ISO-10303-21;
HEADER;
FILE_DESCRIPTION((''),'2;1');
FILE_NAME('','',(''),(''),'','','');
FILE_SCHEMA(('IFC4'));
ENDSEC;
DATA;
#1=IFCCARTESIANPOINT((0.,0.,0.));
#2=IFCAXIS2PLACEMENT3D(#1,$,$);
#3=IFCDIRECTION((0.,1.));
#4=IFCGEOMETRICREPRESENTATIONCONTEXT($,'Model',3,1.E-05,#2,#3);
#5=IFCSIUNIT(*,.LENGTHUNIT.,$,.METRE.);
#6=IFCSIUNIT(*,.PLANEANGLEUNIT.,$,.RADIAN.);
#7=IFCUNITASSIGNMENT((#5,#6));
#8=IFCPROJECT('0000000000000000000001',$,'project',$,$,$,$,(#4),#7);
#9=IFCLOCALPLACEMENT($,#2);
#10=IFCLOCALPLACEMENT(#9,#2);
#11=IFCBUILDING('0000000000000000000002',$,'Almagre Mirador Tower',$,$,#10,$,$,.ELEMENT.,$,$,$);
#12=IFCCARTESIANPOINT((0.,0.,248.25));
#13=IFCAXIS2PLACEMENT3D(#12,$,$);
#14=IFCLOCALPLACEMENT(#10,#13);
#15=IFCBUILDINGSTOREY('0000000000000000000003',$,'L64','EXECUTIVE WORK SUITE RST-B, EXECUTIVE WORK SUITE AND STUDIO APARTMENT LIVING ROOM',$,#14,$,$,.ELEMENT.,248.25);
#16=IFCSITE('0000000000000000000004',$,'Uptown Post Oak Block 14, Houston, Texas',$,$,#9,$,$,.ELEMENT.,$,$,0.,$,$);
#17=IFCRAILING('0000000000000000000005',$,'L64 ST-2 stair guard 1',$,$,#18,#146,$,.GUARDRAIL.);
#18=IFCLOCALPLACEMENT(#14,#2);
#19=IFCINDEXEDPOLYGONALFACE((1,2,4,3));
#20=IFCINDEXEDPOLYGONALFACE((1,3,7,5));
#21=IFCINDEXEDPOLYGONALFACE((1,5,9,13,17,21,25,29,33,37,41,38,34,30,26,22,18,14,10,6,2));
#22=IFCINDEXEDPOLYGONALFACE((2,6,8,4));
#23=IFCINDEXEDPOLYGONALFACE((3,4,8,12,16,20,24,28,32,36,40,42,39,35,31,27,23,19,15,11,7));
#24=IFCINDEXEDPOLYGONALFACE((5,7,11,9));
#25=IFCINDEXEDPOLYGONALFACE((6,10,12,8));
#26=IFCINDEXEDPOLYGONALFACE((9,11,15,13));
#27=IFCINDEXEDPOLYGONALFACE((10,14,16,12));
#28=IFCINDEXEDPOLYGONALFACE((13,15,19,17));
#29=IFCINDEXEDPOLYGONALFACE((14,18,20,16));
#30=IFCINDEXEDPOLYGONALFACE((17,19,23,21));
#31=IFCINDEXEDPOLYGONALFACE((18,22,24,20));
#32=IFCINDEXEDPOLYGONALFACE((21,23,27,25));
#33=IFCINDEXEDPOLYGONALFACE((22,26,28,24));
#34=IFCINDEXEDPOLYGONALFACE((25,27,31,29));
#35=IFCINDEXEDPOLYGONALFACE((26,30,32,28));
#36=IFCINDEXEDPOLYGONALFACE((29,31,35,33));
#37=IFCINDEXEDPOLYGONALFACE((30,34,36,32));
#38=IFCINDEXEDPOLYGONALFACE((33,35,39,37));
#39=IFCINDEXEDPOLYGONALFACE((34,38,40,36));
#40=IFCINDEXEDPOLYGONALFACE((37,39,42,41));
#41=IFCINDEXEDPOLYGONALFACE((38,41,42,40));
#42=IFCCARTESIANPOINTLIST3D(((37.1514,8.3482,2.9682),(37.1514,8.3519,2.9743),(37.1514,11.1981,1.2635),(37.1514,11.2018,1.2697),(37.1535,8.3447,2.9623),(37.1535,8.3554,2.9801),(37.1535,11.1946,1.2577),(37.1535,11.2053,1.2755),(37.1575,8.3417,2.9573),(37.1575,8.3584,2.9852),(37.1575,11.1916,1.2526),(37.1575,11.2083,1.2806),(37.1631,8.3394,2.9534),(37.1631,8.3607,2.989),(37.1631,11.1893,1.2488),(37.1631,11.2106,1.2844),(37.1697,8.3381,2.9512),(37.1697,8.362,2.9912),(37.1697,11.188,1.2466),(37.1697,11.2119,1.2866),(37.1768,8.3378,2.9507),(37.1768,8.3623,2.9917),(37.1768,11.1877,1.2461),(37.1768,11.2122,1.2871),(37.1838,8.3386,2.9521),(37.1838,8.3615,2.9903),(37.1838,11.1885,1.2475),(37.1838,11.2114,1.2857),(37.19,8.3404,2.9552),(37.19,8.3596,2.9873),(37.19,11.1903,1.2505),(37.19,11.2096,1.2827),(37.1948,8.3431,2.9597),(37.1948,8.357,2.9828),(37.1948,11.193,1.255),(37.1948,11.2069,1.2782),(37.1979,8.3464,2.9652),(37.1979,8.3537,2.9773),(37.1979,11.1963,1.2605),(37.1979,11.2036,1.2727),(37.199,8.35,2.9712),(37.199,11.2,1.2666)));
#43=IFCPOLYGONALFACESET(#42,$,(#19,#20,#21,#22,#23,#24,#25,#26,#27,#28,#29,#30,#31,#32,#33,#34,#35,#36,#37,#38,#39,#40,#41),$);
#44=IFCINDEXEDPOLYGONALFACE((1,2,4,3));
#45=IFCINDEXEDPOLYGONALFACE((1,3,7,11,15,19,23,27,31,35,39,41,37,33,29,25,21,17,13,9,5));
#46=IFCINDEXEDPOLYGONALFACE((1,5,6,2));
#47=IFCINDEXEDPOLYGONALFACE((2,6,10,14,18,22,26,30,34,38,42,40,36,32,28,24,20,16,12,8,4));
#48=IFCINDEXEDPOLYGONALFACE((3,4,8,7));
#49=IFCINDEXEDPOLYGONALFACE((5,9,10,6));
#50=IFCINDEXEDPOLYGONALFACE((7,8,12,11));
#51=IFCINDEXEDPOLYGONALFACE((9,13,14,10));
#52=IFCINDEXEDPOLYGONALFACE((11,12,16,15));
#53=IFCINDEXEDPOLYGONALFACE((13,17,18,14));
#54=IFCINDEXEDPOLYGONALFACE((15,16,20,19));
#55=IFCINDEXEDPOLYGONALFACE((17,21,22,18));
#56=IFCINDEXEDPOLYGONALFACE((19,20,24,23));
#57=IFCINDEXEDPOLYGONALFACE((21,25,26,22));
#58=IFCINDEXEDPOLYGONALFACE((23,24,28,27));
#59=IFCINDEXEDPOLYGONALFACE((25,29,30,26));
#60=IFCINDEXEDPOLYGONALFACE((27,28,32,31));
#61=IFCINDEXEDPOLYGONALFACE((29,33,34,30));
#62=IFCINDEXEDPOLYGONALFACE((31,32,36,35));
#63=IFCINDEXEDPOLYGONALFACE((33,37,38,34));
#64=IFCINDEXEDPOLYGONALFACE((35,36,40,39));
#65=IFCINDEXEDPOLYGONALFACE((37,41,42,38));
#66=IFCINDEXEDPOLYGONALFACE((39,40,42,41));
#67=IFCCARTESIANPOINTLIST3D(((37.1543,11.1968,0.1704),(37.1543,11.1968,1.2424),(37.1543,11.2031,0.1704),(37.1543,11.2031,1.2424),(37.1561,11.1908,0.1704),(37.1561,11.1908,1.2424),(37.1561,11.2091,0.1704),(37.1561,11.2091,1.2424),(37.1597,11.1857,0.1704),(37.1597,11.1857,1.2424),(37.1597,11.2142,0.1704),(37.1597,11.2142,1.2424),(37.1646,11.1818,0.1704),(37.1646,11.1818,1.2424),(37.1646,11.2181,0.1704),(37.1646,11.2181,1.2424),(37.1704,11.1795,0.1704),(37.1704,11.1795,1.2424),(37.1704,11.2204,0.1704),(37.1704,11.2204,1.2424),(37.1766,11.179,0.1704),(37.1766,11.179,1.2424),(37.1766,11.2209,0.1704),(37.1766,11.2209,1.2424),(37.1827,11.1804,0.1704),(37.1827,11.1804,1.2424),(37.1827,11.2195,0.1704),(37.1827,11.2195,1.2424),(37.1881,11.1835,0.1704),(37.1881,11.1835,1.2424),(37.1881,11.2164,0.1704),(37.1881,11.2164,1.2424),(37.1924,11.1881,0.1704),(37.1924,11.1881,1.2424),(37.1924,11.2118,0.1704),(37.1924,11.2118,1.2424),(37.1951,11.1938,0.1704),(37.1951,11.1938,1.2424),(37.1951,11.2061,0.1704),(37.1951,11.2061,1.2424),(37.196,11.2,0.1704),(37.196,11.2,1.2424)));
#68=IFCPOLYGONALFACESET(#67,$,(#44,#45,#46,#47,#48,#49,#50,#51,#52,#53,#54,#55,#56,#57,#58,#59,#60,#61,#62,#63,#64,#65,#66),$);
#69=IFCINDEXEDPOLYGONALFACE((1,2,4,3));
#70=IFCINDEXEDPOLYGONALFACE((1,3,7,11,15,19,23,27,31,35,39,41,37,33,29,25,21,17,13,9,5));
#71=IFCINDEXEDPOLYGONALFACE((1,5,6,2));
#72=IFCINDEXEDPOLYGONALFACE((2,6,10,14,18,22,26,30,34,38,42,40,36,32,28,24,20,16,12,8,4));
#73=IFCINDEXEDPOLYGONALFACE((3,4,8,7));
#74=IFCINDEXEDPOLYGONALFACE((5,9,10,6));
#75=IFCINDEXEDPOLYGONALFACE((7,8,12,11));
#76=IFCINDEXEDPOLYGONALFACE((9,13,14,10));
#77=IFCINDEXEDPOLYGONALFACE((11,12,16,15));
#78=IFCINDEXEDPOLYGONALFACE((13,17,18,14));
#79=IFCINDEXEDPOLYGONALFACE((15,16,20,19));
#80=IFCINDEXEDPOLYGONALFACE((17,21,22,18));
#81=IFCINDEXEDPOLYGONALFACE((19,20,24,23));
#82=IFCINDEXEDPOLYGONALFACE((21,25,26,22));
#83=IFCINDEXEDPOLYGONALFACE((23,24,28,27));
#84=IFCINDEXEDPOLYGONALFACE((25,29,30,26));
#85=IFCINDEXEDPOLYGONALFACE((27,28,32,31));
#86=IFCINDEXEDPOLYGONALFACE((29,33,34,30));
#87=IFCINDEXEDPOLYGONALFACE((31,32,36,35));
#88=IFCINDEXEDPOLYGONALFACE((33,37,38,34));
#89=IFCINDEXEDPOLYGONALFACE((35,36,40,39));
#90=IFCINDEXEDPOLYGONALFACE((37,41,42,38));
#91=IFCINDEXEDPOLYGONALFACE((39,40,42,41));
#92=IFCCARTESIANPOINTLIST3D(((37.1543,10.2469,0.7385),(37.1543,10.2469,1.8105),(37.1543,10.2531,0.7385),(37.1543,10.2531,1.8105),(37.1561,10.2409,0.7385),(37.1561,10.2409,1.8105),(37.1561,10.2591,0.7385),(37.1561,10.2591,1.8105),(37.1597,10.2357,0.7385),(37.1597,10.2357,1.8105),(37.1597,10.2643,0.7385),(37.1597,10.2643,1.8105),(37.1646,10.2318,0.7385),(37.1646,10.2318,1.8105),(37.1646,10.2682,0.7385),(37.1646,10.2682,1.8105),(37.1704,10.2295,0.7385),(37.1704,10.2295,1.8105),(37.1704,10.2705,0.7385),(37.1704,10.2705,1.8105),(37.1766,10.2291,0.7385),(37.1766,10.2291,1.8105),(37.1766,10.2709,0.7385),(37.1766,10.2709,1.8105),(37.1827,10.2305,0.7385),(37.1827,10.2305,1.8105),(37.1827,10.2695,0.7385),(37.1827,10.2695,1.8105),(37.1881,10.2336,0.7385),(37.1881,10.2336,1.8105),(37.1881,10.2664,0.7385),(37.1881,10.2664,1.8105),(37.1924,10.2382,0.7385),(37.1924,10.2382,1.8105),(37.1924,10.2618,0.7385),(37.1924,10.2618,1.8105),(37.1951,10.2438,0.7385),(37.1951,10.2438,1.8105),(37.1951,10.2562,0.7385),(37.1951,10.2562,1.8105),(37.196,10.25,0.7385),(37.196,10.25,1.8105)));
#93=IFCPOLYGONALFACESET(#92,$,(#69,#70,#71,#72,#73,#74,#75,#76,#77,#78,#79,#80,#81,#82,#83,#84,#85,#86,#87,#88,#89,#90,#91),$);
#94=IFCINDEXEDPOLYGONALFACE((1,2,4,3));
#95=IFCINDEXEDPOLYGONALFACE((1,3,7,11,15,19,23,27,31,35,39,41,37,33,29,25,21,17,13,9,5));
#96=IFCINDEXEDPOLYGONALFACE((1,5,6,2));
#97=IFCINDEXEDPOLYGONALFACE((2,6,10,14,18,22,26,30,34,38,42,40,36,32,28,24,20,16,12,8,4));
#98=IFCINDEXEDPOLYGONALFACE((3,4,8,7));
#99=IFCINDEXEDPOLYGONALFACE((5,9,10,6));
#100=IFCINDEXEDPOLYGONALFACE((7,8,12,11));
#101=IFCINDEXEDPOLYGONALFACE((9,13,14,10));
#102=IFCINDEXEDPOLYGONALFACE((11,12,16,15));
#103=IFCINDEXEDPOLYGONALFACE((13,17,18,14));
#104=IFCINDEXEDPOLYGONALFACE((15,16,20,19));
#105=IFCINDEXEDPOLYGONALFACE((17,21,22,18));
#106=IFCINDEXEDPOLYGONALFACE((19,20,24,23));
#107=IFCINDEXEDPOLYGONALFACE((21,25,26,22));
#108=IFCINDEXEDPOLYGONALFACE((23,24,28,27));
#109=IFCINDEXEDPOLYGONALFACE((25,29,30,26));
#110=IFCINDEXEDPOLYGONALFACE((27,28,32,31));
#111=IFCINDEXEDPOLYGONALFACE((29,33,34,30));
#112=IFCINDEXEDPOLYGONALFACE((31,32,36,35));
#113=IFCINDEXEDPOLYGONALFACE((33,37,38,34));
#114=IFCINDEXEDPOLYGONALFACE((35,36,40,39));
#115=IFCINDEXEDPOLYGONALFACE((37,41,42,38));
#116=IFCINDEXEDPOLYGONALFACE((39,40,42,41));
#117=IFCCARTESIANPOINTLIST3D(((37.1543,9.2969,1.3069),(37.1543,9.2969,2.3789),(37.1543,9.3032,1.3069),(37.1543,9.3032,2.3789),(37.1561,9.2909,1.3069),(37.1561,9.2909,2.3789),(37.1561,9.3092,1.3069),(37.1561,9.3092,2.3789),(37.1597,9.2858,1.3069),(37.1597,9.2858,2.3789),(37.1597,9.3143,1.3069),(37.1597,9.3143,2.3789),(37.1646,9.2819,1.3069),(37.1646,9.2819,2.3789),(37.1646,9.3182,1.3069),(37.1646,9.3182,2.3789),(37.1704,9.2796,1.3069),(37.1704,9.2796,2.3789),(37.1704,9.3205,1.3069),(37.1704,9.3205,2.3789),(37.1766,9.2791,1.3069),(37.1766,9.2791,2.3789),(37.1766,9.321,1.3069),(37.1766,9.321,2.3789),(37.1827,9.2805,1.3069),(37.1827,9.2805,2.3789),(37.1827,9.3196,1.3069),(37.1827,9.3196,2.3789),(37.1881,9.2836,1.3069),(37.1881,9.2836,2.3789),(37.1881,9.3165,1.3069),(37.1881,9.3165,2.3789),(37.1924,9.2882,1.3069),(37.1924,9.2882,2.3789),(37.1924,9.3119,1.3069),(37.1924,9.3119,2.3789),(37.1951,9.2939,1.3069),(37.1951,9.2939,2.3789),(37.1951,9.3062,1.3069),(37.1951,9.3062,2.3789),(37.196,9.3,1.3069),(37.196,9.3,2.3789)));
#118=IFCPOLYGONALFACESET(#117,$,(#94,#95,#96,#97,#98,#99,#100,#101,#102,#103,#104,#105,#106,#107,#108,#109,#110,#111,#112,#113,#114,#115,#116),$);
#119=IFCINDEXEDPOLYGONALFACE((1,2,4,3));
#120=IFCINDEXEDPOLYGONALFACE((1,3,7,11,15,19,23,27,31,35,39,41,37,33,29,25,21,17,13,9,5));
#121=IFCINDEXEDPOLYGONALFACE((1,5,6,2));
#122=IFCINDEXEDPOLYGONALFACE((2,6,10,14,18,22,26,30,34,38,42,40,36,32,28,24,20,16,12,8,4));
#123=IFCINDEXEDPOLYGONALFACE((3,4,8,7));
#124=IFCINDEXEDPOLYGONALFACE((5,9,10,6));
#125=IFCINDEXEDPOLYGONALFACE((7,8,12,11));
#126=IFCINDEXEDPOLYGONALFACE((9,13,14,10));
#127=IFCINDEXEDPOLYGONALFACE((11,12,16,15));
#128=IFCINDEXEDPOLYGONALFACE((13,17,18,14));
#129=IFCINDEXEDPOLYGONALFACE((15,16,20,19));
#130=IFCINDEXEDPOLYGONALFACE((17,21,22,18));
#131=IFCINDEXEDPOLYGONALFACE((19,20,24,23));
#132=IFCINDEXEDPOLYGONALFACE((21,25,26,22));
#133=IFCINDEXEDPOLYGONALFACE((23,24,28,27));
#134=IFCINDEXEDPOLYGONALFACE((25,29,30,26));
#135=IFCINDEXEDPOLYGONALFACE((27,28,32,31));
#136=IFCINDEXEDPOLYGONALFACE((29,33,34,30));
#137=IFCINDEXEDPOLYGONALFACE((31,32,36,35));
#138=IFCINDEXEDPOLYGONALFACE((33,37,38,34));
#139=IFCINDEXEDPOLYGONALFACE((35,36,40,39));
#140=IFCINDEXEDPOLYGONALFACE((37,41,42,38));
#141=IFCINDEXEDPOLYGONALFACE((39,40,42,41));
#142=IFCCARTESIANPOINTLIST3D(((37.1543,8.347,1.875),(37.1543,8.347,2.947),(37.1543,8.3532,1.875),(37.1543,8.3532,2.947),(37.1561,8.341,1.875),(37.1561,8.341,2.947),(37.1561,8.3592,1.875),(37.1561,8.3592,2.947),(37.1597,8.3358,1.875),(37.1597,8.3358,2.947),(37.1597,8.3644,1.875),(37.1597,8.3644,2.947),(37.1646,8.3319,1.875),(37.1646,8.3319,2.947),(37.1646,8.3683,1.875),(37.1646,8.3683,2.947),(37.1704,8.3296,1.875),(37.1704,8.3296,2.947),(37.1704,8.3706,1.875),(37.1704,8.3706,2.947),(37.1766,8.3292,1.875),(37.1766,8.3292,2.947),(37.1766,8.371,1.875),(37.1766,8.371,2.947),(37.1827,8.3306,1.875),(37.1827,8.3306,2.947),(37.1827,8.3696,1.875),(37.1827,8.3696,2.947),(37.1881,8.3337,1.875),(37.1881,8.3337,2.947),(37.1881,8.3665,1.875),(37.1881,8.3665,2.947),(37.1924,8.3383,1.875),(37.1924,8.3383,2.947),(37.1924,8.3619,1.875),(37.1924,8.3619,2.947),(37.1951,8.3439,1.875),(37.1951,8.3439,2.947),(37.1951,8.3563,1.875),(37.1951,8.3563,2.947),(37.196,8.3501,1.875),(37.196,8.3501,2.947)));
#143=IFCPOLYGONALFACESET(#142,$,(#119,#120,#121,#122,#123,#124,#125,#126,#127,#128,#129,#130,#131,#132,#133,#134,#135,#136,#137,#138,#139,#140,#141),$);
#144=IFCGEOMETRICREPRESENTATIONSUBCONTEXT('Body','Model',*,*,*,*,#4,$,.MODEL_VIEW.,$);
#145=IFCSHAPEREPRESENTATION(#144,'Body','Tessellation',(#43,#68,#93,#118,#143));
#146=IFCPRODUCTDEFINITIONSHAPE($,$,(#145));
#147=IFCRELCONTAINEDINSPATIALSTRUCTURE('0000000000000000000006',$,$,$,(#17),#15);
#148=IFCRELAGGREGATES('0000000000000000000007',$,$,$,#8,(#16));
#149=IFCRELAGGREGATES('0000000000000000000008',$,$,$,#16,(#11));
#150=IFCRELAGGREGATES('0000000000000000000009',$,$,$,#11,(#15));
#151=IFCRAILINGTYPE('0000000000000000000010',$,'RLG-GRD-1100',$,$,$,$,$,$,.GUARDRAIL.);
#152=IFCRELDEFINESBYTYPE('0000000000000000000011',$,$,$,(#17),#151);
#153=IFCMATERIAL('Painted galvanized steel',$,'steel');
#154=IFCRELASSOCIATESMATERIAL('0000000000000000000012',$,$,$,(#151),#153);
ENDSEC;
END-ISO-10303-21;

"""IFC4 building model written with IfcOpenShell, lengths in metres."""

from ifc_helpers import new_model, si_unit, direction, frame, origin, origin_2d, place, context, subcontext, project, spatial, circle, extrude, material, type_object, element, save


model = new_model("IFC4")

# Units and contexts
model_context = context("Model", 3, precision=1e-05, world=origin(), true_north=direction((0.0, 1.0)))
body_context = subcontext(model_context, "Body", "Model", "MODEL_VIEW")
ifc_project = project(units=[si_unit("LENGTHUNIT", "METRE"), si_unit("PLANEANGLEUNIT", "RADIAN")], contexts=[model_context])

# Site, building, storey
site_placement = place(None, origin())
site = spatial("IfcSite", under=ifc_project, at=site_placement, Name="Uptown Post Oak Block 14, Houston, Texas", CompositionType="ELEMENT", RefElevation=0.0)
building_placement = place(site_placement, origin())
building = spatial("IfcBuilding", under=site, at=building_placement, Name="Almagre Mirador Tower", CompositionType="ELEMENT")
storey_placement = place(building_placement, frame((0.0, 0.0, 248.25)))
storey = spatial("IfcBuildingStorey", under=building, at=storey_placement, Name="L64", Description="EXECUTIVE WORK SUITE RST-B, EXECUTIVE WORK SUITE AND STUDIO APARTMENT LIVING ROOM", CompositionType="ELEMENT", Elevation=248.25)

# Railing
ifc_material_1 = material(Name="Painted galvanized steel", Category="steel")
railing_type_1 = type_object("IfcRailingType", Name="RLG-GRD-1100", PredefinedType="GUARDRAIL", material=ifc_material_1)
railing_1_placement = place(storey_placement, frame((37.175, 11.2, 0.1704)))
element("IfcRailing", 1, at=railing_1_placement, inside=storey, type_object=railing_type_1, Name="L64 ST-2 stair guard 1", PredefinedType="GUARDRAIL", context=body_context, shape_type="SweptSolid", body=[
    extrude(circle(Radius=0.0239, at=origin_2d()), frame((0.0, 0.0, 1.0962), z_axis=(0.0, -0.858199, 0.513317), x_axis=(1.0, 0.0, 0.0)), (0.0, 0.0, 1.0), 3.3208),
    extrude(circle(Radius=0.021, at=origin_2d()), origin(), (0.0, 0.0, 1.0), 1.072),
    extrude(circle(Radius=0.021, at=origin_2d()), frame((0.0, -0.95, 0.5681)), (0.0, 0.0, 1.0), 1.072),
    extrude(circle(Radius=0.021, at=origin_2d()), frame((0.0, -1.8999, 1.1365)), (0.0, 0.0, 1.0), 1.072),
    extrude(circle(Radius=0.021, at=origin_2d()), frame((0.0, -2.8499, 1.7046)), (0.0, 0.0, 1.0), 1.072),
])

save(model, "model.ifc")
